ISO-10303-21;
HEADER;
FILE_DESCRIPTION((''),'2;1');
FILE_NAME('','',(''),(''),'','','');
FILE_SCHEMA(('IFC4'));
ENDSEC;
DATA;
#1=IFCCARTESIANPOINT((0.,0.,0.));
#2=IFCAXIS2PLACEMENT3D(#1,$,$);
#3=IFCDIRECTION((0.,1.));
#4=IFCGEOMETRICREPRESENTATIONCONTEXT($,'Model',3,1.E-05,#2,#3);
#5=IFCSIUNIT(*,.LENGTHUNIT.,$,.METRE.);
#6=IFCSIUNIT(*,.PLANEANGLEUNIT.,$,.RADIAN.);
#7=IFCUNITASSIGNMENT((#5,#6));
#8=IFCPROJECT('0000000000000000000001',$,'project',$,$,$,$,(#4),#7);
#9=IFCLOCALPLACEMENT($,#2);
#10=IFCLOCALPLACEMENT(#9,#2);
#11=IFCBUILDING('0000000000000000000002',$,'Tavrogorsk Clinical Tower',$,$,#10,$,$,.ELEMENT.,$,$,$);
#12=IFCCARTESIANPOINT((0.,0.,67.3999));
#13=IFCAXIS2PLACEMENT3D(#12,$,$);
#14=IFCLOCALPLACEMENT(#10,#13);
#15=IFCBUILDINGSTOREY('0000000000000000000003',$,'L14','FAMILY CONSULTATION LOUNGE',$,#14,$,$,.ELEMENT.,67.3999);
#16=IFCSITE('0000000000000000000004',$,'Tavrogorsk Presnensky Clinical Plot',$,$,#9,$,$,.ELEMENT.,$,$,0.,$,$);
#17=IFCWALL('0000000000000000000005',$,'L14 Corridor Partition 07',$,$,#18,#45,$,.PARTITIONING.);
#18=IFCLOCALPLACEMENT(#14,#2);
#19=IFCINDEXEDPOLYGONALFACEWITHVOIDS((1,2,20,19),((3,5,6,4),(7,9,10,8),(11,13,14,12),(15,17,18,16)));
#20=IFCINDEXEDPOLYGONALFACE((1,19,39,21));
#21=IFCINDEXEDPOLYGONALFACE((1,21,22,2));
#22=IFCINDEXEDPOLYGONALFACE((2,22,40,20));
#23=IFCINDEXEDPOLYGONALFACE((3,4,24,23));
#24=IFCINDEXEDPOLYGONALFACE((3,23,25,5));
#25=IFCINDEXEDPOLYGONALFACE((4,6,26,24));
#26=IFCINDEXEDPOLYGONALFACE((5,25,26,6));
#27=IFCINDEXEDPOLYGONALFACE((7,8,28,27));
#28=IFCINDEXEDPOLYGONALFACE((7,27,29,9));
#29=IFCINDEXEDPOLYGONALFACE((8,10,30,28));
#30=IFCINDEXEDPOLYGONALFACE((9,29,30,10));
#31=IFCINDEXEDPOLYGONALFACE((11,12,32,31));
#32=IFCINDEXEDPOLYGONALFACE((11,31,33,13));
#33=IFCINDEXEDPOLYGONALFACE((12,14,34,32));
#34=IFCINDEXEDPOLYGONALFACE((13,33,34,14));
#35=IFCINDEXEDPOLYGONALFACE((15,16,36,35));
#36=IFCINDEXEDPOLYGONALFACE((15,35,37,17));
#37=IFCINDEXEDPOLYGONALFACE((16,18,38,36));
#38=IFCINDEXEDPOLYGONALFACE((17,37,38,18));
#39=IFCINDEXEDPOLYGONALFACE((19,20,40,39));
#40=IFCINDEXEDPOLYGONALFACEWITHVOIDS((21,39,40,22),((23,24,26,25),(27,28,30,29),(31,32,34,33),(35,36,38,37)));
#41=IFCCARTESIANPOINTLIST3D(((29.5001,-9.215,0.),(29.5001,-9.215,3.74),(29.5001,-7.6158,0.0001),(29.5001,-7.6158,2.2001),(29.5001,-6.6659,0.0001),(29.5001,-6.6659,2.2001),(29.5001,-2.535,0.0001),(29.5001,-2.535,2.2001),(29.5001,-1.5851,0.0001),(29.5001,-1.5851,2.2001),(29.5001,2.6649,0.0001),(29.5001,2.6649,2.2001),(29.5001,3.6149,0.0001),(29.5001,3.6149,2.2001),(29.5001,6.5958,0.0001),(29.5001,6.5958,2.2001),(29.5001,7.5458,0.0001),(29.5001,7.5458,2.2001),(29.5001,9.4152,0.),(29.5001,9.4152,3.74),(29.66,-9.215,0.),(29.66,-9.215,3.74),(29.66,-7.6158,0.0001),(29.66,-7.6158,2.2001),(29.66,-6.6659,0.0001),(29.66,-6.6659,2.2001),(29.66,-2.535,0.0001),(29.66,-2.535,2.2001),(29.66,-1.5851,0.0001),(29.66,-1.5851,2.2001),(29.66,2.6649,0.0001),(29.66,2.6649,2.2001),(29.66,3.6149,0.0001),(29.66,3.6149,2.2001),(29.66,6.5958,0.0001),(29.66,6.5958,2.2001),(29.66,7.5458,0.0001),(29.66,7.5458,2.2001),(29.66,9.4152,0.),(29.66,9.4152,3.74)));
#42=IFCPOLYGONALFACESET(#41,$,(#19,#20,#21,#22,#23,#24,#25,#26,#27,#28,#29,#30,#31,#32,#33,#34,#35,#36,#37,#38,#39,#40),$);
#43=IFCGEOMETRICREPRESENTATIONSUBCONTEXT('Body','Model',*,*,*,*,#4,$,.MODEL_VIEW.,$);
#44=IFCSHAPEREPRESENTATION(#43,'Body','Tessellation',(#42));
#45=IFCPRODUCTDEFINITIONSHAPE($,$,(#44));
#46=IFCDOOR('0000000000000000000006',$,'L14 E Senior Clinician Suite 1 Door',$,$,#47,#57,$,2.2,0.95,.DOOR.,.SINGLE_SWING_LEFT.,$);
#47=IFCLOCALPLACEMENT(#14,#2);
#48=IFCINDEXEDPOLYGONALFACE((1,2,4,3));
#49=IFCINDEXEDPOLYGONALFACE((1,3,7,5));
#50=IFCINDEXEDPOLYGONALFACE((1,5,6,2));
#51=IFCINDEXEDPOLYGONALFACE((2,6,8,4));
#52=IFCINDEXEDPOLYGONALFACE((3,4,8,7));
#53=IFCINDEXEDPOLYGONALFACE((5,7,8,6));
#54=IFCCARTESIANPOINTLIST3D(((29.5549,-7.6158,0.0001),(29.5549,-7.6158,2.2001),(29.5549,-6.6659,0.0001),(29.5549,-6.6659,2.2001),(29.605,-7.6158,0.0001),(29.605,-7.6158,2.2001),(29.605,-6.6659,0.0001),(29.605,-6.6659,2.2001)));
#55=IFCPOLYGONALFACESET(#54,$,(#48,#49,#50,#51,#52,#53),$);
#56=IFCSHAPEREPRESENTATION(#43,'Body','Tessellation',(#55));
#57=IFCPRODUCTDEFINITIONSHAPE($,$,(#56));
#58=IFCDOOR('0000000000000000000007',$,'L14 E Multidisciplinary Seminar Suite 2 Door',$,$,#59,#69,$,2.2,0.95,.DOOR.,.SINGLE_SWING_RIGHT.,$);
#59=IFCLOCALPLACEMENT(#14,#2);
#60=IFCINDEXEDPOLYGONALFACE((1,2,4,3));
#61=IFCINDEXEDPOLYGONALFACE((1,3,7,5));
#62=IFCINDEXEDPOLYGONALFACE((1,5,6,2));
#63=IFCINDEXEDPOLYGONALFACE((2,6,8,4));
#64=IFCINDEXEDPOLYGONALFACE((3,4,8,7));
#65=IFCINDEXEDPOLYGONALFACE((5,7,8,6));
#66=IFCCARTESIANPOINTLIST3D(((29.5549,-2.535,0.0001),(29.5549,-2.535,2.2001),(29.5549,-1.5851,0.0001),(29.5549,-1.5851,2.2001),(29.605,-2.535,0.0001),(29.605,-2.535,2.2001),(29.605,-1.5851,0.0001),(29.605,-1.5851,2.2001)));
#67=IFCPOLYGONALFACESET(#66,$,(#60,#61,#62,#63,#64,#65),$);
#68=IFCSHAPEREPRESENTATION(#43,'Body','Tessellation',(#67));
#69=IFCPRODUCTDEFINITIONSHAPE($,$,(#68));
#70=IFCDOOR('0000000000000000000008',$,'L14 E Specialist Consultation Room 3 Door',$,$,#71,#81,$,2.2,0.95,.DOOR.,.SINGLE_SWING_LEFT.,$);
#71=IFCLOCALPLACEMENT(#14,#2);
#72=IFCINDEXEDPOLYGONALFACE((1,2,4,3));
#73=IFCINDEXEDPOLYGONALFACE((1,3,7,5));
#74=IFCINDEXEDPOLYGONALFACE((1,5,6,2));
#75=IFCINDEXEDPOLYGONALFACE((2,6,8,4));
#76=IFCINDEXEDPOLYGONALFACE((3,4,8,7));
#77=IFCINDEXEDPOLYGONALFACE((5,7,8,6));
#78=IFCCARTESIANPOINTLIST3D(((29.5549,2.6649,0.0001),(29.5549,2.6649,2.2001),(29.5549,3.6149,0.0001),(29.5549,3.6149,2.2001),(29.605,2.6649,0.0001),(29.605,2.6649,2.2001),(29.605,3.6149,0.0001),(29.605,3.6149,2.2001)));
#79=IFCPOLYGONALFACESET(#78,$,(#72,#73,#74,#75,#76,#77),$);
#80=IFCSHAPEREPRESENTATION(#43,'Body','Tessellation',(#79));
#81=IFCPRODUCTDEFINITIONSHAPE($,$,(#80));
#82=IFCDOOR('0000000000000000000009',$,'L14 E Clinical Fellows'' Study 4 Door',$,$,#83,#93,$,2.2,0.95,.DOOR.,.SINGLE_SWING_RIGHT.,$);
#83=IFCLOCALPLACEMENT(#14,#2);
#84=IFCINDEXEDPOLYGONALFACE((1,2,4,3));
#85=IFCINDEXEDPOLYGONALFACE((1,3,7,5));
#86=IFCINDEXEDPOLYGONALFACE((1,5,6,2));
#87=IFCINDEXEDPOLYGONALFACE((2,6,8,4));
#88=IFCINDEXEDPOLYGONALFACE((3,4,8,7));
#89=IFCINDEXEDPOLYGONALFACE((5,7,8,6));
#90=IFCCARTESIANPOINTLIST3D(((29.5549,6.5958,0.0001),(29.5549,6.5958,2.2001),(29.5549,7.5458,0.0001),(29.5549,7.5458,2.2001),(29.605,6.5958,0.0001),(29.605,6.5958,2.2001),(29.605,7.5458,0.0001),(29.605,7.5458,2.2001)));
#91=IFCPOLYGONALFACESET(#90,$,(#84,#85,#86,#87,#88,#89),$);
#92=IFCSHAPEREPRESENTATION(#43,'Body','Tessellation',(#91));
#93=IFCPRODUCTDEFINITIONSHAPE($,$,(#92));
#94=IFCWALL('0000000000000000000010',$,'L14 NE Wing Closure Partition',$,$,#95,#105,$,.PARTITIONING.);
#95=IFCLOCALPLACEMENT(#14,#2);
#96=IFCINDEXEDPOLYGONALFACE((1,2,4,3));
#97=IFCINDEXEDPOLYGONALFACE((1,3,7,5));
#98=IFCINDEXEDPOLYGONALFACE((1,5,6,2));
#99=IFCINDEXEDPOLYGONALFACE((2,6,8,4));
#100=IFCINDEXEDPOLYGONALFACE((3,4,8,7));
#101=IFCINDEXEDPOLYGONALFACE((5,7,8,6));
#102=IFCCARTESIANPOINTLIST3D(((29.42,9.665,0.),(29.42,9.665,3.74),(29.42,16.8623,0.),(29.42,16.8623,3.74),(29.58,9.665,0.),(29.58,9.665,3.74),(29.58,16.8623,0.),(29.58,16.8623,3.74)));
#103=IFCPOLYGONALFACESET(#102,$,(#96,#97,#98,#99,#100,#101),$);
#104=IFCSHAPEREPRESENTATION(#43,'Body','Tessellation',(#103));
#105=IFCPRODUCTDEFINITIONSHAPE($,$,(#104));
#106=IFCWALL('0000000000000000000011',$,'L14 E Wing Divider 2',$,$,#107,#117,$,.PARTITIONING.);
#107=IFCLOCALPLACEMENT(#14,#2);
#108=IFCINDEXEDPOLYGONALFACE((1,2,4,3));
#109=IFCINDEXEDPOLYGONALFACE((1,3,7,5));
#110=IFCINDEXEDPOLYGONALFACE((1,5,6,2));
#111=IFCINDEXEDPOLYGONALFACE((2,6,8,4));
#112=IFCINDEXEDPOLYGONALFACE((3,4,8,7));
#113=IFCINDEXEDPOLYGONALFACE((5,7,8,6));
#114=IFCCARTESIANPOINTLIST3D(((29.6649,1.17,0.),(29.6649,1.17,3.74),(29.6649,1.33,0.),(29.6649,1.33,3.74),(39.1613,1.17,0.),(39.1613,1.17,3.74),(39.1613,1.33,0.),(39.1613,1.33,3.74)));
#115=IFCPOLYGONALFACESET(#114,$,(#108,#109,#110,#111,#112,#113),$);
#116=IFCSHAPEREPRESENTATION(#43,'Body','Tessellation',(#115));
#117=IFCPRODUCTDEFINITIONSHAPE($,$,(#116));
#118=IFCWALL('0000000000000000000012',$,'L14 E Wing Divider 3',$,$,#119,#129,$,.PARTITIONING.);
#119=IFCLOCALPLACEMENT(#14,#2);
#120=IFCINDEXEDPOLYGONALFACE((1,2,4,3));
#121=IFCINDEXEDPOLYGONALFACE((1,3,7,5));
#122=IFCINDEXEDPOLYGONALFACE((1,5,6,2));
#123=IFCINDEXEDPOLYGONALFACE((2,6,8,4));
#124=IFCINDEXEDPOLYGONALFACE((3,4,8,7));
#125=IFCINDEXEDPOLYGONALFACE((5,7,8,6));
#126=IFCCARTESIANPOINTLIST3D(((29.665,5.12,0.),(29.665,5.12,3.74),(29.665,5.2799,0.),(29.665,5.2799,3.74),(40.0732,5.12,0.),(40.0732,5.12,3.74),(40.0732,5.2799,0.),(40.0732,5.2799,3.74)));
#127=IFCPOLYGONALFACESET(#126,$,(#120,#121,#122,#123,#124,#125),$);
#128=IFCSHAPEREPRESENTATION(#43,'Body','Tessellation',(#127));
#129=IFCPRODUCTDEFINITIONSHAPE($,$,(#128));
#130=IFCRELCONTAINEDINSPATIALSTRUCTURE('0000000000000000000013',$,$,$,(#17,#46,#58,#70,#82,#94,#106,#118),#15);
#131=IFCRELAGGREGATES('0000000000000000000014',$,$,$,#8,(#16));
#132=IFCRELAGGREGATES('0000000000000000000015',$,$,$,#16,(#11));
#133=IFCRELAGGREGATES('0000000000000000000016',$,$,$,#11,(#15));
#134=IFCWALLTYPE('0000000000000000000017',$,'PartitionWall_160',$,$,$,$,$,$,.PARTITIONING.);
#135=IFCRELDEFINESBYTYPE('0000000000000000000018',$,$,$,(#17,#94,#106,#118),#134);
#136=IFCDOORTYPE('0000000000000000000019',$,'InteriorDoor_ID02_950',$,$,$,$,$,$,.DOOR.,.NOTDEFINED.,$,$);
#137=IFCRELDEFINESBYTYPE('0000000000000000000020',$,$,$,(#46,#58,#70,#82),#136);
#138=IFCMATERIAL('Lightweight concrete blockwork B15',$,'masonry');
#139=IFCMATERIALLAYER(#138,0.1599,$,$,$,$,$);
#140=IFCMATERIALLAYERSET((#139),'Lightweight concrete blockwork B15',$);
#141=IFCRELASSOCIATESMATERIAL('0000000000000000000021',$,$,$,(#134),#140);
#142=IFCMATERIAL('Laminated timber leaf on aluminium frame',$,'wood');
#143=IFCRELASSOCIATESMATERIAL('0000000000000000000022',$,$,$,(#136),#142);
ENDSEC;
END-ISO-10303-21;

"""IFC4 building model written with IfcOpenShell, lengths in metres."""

from ifc_helpers import new_model, si_unit, direction, frame, frame_2d, origin, place, context, subcontext, project, spatial, rectangle, extrude, material, layer, layer_set, type_object, element, fill, save


model = new_model("IFC4")

# Units and contexts
model_context = context("Model", 3, precision=1e-05, world=origin(), true_north=direction((0.0, 1.0)))
body_context = subcontext(model_context, "Body", "Model", "MODEL_VIEW")
ifc_project = project(units=[si_unit("LENGTHUNIT", "METRE"), si_unit("PLANEANGLEUNIT", "RADIAN")], contexts=[model_context])

# Site, building, storey
site_placement = place(None, origin())
site = spatial("IfcSite", under=ifc_project, at=site_placement, Name="Tavrogorsk Presnensky Clinical Plot", CompositionType="ELEMENT", RefElevation=0.0)
building_placement = place(site_placement, origin())
building = spatial("IfcBuilding", under=site, at=building_placement, Name="Tavrogorsk Clinical Tower", CompositionType="ELEMENT")
storey_placement = place(building_placement, frame((0.0, 0.0, 67.3999)))
storey = spatial("IfcBuildingStorey", under=building, at=storey_placement, Name="L14", Description="FAMILY CONSULTATION LOUNGE", CompositionType="ELEMENT", Elevation=67.3999)

# Shared definitions
ifc_material_1 = material(Name="Lightweight concrete blockwork B15", Category="masonry")
ifc_layer_1 = layer(ifc_material_1, 0.1599)
ifc_layer_set_1 = layer_set([ifc_layer_1], Name="Lightweight concrete blockwork B15")
wall_type_1 = type_object("IfcWallType", Name="PartitionWall_160", PredefinedType="PARTITIONING", material=ifc_layer_set_1)

# Wall, openings, doors
wall_1_placement = place(storey_placement, frame((29.5801, 9.415, 0.0), z_axis=(0.0, 0.0, 1.0), x_axis=(0.0, -1.0, 0.0)))
wall_1 = element("IfcWall", 1, at=wall_1_placement, inside=storey, type_object=wall_type_1, Name="L14 Corridor Partition 07", PredefinedType="PARTITIONING", context=body_context, shape_type="SweptSolid", body=[
    extrude(rectangle(XDim=18.6301, YDim=0.1599, at=frame_2d((9.3149, 0.0))), origin(), (0.0, 0.0, 1.0), 3.74),
])
opening_1_placement = place(wall_1_placement, frame((16.0808, 0.0, 0.0)))
opening_1 = element("IfcOpeningElement", 2, at=opening_1_placement, cuts=wall_1, PredefinedType="OPENING", context=body_context, shape_type="SweptSolid", body=[
    extrude(rectangle(XDim=0.95, YDim=2.2, at=frame_2d((0.4751, 1.1001))), frame((0.0, 0.0898, 0.0), z_axis=(0.0, -1.0, 0.0), x_axis=(1.0, 0.0, 0.0)), (0.0, 0.0, 1.0), 0.1799),
])
opening_2_placement = place(wall_1_placement, frame((11.0, 0.0, 0.0)))
opening_2 = element("IfcOpeningElement", 3, at=opening_2_placement, cuts=wall_1, PredefinedType="OPENING", context=body_context, shape_type="SweptSolid", body=[
    extrude(rectangle(XDim=0.95, YDim=2.2, at=frame_2d((0.4751, 1.1001))), frame((0.0, 0.0898, 0.0), z_axis=(0.0, -1.0, 0.0), x_axis=(1.0, 0.0, 0.0)), (0.0, 0.0, 1.0), 0.1799),
])
opening_3_placement = place(wall_1_placement, frame((5.8, 0.0, 0.0)))
opening_3 = element("IfcOpeningElement", 4, at=opening_3_placement, cuts=wall_1, PredefinedType="OPENING", context=body_context, shape_type="SweptSolid", body=[
    extrude(rectangle(XDim=0.95, YDim=2.2, at=frame_2d((0.4751, 1.1001))), frame((0.0, 0.0898, 0.0), z_axis=(0.0, -1.0, 0.0), x_axis=(1.0, 0.0, 0.0)), (0.0, 0.0, 1.0), 0.1799),
])
opening_4_placement = place(wall_1_placement, frame((1.8691, 0.0, 0.0)))
opening_4 = element("IfcOpeningElement", 5, at=opening_4_placement, cuts=wall_1, PredefinedType="OPENING", context=body_context, shape_type="SweptSolid", body=[
    extrude(rectangle(XDim=0.95, YDim=2.2, at=frame_2d((0.4751, 1.1001))), frame((0.0, 0.0898, 0.0), z_axis=(0.0, -1.0, 0.0), x_axis=(1.0, 0.0, 0.0)), (0.0, 0.0, 1.0), 0.1799),
])
ifc_material_2 = material(Name="Laminated timber leaf on aluminium frame", Category="wood")
door_type = type_object("IfcDoorType", Name="InteriorDoor_ID02_950", OperationType="NOTDEFINED", PredefinedType="DOOR", material=ifc_material_2)
door_1_placement = place(opening_1_placement, origin())
door_1 = element("IfcDoor", 6, at=door_1_placement, inside=storey, type_object=door_type, Name="L14 E Senior Clinician Suite 1 Door", OperationType="SINGLE_SWING_LEFT", OverallHeight=2.2, OverallWidth=0.95, PredefinedType="DOOR", context=body_context, shape_type="SweptSolid", body=[
    extrude(rectangle(XDim=0.95, YDim=2.2, at=frame_2d((0.4751, 1.1001))), frame((0.0, 0.0249, 0.0), z_axis=(0.0, -1.0, 0.0), x_axis=(1.0, 0.0, 0.0)), (0.0, 0.0, 1.0), 0.05),
])
fill(opening_1, door_1)
door_2_placement = place(opening_2_placement, origin())
door_2 = element("IfcDoor", 7, at=door_2_placement, inside=storey, type_object=door_type, Name="L14 E Multidisciplinary Seminar Suite 2 Door", OperationType="SINGLE_SWING_RIGHT", OverallHeight=2.2, OverallWidth=0.95, PredefinedType="DOOR", context=body_context, shape_type="SweptSolid", body=[
    extrude(rectangle(XDim=0.95, YDim=2.2, at=frame_2d((0.4751, 1.1001))), frame((0.0, 0.0249, 0.0), z_axis=(0.0, -1.0, 0.0), x_axis=(1.0, 0.0, 0.0)), (0.0, 0.0, 1.0), 0.05),
])
fill(opening_2, door_2)
door_3_placement = place(opening_3_placement, origin())
door_3 = element("IfcDoor", 8, at=door_3_placement, inside=storey, type_object=door_type, Name="L14 E Specialist Consultation Room 3 Door", OperationType="SINGLE_SWING_LEFT", OverallHeight=2.2, OverallWidth=0.95, PredefinedType="DOOR", context=body_context, shape_type="SweptSolid", body=[
    extrude(rectangle(XDim=0.95, YDim=2.2, at=frame_2d((0.4751, 1.1001))), frame((0.0, 0.0249, 0.0), z_axis=(0.0, -1.0, 0.0), x_axis=(1.0, 0.0, 0.0)), (0.0, 0.0, 1.0), 0.05),
])
fill(opening_3, door_3)
door_4_placement = place(opening_4_placement, origin())
door_4 = element("IfcDoor", 9, at=door_4_placement, inside=storey, type_object=door_type, Name="L14 E Clinical Fellows' Study 4 Door", OperationType="SINGLE_SWING_RIGHT", OverallHeight=2.2, OverallWidth=0.95, PredefinedType="DOOR", context=body_context, shape_type="SweptSolid", body=[
    extrude(rectangle(XDim=0.95, YDim=2.2, at=frame_2d((0.4751, 1.1001))), frame((0.0, 0.0249, 0.0), z_axis=(0.0, -1.0, 0.0), x_axis=(1.0, 0.0, 0.0)), (0.0, 0.0, 1.0), 0.05),
])
fill(opening_4, door_4)

# Walls
wall_2_placement = place(storey_placement, frame((29.5, 9.665, 0.0), z_axis=(0.0, 0.0, 1.0), x_axis=(0.0, 1.0, 0.0)))
element("IfcWall", 10, at=wall_2_placement, inside=storey, type_object=wall_type_1, Name="L14 NE Wing Closure Partition", PredefinedType="PARTITIONING", context=body_context, shape_type="SweptSolid", body=[
    extrude(rectangle(XDim=7.1973, YDim=0.1599, at=frame_2d((3.5986, 0.0))), origin(), (0.0, 0.0, 1.0), 3.74),
])
wall_3_placement = place(storey_placement, frame((29.665, 1.25, 0.0), z_axis=(0.0, 0.0, 1.0), x_axis=(1.0, 0.0, 0.0)))
element("IfcWall", 11, at=wall_3_placement, inside=storey, type_object=wall_type_1, Name="L14 E Wing Divider 2", PredefinedType="PARTITIONING", context=body_context, shape_type="SweptSolid", body=[
    extrude(rectangle(XDim=9.4963, YDim=0.1599, at=frame_2d((4.748, 0.0))), origin(), (0.0, 0.0, 1.0), 3.74),
])
wall_4_placement = place(storey_placement, frame((29.665, 5.2, 0.0), z_axis=(0.0, 0.0, 1.0), x_axis=(1.0, 0.0, 0.0)))
element("IfcWall", 12, at=wall_4_placement, inside=storey, type_object=wall_type_1, Name="L14 E Wing Divider 3", PredefinedType="PARTITIONING", context=body_context, shape_type="SweptSolid", body=[
    extrude(rectangle(XDim=10.4082, YDim=0.1599, at=frame_2d((5.2041, 0.0))), origin(), (0.0, 0.0, 1.0), 3.74),
])

save(model, "model.ifc")
